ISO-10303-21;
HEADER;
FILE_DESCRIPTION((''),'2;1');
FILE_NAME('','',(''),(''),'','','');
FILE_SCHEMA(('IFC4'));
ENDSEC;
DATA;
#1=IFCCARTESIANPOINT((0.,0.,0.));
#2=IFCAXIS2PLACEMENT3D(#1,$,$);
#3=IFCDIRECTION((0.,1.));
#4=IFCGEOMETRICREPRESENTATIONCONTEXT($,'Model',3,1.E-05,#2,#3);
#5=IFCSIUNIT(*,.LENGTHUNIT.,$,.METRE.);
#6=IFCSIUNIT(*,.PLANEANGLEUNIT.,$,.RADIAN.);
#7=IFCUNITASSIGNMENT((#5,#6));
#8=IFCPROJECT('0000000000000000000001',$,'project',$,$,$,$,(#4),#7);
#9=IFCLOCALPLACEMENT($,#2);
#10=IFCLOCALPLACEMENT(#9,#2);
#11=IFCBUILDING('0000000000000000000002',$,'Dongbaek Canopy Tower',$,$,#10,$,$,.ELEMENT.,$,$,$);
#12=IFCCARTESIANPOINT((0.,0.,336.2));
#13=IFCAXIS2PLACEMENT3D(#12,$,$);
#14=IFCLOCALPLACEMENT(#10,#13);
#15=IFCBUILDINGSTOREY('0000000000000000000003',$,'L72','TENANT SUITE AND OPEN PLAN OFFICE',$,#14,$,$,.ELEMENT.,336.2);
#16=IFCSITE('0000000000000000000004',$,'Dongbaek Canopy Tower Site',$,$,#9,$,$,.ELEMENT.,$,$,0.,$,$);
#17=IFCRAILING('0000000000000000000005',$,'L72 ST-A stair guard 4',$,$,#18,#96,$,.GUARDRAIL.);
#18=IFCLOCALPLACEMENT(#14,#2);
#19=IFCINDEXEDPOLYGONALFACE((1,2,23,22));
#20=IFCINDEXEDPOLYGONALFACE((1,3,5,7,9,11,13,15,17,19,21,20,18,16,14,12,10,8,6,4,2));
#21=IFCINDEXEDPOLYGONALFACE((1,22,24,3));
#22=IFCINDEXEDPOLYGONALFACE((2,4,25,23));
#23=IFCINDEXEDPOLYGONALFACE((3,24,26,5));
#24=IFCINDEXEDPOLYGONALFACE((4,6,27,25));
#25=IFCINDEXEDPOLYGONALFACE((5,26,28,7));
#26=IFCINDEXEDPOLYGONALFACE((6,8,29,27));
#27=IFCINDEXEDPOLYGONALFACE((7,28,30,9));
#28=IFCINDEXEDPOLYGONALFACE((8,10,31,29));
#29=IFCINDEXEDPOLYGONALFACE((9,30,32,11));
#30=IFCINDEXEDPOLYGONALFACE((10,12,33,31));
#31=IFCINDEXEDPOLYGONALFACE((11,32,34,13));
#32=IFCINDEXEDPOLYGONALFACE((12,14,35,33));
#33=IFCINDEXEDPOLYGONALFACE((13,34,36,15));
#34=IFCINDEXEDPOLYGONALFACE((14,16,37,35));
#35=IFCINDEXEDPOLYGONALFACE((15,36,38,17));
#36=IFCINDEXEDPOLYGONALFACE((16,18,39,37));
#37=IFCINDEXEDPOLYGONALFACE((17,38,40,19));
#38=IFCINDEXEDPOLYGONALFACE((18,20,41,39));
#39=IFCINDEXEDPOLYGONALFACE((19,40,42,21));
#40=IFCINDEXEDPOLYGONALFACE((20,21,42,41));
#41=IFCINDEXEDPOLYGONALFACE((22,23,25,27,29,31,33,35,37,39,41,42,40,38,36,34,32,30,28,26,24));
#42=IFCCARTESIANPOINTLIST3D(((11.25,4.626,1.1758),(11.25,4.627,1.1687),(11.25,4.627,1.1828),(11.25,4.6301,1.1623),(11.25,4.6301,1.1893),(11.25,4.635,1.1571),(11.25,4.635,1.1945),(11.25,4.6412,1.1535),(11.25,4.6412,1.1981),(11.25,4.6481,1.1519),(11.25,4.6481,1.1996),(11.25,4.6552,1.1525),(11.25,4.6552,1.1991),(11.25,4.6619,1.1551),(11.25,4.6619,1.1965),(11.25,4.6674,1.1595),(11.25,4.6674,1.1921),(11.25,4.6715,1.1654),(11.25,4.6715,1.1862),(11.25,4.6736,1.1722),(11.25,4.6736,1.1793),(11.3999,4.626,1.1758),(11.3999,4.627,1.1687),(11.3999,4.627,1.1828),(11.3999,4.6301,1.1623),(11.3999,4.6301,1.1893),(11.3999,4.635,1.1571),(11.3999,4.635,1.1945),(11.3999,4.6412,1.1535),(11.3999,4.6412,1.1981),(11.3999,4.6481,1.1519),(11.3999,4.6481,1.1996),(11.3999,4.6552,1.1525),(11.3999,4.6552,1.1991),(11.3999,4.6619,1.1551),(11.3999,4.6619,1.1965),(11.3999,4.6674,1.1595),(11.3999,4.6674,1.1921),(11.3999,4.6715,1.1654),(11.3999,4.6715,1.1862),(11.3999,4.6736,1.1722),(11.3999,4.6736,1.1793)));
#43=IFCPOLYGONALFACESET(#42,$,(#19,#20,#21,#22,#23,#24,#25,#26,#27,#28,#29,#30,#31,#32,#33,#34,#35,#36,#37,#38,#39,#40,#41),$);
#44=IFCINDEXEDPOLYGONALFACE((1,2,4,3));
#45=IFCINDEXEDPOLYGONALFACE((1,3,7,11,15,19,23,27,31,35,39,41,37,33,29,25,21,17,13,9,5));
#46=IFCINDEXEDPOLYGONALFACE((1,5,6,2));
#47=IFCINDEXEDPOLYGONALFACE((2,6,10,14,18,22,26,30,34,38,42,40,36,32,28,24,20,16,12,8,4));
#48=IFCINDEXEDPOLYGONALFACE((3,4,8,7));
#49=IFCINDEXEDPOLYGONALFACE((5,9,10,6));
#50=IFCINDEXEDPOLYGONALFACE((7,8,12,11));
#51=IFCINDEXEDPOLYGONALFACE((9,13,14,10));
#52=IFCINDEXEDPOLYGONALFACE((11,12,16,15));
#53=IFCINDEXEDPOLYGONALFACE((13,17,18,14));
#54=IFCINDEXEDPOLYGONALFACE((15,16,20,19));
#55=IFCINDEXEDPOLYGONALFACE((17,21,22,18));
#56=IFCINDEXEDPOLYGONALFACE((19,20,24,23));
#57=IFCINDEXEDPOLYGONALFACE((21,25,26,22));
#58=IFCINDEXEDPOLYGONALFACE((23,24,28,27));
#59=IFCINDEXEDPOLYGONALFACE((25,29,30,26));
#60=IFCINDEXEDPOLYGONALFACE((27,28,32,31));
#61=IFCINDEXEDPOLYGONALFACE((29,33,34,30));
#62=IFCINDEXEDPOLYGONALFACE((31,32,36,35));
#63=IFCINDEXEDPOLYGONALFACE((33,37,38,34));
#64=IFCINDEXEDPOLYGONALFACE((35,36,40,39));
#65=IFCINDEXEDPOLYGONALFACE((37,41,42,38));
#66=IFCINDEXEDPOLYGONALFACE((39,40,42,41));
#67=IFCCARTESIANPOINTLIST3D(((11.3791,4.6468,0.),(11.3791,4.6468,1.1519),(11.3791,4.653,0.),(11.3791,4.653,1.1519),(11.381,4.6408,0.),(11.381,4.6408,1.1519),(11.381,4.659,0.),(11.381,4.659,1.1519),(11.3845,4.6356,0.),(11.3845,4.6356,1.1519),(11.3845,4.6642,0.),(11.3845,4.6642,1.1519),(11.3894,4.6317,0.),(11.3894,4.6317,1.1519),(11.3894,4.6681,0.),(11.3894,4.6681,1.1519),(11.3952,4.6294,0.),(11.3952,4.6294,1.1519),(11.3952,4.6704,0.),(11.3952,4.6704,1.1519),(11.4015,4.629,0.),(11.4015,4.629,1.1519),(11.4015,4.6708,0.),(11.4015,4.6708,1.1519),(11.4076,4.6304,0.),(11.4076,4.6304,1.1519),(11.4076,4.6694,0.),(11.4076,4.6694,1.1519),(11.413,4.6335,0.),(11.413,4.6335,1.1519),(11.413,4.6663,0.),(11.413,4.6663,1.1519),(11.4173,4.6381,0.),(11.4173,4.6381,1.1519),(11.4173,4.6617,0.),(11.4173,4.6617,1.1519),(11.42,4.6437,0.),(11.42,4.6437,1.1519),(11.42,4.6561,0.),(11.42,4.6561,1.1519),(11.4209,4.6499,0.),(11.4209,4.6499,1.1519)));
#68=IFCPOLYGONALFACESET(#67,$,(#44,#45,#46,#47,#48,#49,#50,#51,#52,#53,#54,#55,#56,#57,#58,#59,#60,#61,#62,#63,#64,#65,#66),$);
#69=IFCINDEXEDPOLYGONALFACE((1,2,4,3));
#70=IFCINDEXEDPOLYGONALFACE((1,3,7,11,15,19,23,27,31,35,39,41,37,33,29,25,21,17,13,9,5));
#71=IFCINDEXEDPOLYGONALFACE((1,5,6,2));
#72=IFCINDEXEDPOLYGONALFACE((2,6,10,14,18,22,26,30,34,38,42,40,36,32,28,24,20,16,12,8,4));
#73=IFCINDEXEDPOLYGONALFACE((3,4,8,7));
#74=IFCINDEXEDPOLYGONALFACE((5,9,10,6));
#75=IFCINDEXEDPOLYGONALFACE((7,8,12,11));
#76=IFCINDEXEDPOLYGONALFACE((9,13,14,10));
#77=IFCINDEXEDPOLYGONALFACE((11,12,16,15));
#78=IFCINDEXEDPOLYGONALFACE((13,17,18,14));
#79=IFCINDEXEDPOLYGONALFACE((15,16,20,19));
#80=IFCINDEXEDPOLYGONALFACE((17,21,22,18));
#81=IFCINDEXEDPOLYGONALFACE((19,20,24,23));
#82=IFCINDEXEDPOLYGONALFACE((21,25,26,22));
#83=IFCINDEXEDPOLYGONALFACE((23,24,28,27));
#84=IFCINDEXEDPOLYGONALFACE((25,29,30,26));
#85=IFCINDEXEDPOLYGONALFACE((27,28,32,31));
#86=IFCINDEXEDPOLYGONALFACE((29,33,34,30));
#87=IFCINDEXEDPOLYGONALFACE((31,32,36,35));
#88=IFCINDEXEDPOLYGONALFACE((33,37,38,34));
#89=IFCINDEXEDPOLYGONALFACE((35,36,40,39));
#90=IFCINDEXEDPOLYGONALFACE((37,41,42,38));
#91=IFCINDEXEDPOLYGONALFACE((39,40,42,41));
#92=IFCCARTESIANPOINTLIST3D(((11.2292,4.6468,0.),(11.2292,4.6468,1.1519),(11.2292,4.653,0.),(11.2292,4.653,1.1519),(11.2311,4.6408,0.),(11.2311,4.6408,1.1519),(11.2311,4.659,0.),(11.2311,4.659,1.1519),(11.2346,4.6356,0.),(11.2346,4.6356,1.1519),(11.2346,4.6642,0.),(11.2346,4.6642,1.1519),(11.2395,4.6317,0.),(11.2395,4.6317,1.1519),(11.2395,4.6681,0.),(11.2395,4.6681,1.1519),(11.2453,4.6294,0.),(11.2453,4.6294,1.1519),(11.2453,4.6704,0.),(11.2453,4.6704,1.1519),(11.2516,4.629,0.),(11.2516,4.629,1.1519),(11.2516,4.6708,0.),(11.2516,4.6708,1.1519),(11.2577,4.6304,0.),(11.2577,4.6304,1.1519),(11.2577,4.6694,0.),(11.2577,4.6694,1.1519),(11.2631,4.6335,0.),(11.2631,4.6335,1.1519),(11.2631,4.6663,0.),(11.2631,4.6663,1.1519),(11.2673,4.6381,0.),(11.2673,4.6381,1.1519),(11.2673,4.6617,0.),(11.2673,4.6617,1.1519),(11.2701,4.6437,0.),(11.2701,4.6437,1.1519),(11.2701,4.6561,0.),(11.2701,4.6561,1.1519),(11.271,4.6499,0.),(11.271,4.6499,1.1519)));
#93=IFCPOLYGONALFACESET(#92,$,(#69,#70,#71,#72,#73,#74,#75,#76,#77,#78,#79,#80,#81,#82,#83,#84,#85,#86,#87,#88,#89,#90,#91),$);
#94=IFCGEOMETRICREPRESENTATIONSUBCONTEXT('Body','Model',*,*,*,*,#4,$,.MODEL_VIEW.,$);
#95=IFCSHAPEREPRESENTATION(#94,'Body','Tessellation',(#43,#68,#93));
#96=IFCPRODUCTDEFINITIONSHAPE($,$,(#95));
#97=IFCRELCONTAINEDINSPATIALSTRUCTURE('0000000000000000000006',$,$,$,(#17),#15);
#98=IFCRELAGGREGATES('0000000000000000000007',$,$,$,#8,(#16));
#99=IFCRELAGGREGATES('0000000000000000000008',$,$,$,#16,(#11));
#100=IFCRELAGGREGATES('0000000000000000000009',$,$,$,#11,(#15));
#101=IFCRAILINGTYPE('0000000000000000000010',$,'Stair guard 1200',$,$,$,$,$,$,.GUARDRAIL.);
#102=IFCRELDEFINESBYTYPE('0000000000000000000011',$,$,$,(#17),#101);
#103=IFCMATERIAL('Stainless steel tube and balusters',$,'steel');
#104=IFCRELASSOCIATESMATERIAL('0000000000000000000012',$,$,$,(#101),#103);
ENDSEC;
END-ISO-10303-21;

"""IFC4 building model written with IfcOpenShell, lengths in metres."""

from ifc_helpers import new_model, si_unit, direction, frame, origin, origin_2d, place, context, subcontext, project, spatial, circle, extrude, material, type_object, element, save


model = new_model("IFC4")

# Units and contexts
model_context = context("Model", 3, precision=1e-05, world=origin(), true_north=direction((0.0, 1.0)))
body_context = subcontext(model_context, "Body", "Model", "MODEL_VIEW")
ifc_project = project(units=[si_unit("LENGTHUNIT", "METRE"), si_unit("PLANEANGLEUNIT", "RADIAN")], contexts=[model_context])

# Site, building, storey
site_placement = place(None, origin())
site = spatial("IfcSite", under=ifc_project, at=site_placement, Name="Dongbaek Canopy Tower Site", CompositionType="ELEMENT", RefElevation=0.0)
building_placement = place(site_placement, origin())
building = spatial("IfcBuilding", under=site, at=building_placement, Name="Dongbaek Canopy Tower", CompositionType="ELEMENT")
storey_placement = place(building_placement, frame((0.0, 0.0, 336.2)))
storey = spatial("IfcBuildingStorey", under=building, at=storey_placement, Name="L72", Description="TENANT SUITE AND OPEN PLAN OFFICE", CompositionType="ELEMENT", Elevation=336.2)

# Railing
ifc_material_1 = material(Name="Stainless steel tube and balusters", Category="steel")
railing_type_1 = type_object("IfcRailingType", Name="Stair guard 1200", PredefinedType="GUARDRAIL", material=ifc_material_1)
railing_1_placement = place(storey_placement, frame((11.3999, 4.6499, 0.0)))
element("IfcRailing", 1, at=railing_1_placement, inside=storey, type_object=railing_type_1, Name="L72 ST-A stair guard 4", PredefinedType="GUARDRAIL", context=body_context, shape_type="SweptSolid", body=[
    extrude(circle(Radius=0.0239, at=origin_2d()), frame((0.0, 0.0, 1.1758), z_axis=(-1.0, 0.0, 0.0), x_axis=(0.0, -1.0, 0.0)), (0.0, 0.0, 1.0), 0.1499),
    extrude(circle(Radius=0.021, at=origin_2d()), origin(), (0.0, 0.0, 1.0), 1.1519),
    extrude(circle(Radius=0.021, at=origin_2d()), frame((-0.1499, 0.0, 0.0)), (0.0, 0.0, 1.0), 1.1519),
])

save(model, "model.ifc")
